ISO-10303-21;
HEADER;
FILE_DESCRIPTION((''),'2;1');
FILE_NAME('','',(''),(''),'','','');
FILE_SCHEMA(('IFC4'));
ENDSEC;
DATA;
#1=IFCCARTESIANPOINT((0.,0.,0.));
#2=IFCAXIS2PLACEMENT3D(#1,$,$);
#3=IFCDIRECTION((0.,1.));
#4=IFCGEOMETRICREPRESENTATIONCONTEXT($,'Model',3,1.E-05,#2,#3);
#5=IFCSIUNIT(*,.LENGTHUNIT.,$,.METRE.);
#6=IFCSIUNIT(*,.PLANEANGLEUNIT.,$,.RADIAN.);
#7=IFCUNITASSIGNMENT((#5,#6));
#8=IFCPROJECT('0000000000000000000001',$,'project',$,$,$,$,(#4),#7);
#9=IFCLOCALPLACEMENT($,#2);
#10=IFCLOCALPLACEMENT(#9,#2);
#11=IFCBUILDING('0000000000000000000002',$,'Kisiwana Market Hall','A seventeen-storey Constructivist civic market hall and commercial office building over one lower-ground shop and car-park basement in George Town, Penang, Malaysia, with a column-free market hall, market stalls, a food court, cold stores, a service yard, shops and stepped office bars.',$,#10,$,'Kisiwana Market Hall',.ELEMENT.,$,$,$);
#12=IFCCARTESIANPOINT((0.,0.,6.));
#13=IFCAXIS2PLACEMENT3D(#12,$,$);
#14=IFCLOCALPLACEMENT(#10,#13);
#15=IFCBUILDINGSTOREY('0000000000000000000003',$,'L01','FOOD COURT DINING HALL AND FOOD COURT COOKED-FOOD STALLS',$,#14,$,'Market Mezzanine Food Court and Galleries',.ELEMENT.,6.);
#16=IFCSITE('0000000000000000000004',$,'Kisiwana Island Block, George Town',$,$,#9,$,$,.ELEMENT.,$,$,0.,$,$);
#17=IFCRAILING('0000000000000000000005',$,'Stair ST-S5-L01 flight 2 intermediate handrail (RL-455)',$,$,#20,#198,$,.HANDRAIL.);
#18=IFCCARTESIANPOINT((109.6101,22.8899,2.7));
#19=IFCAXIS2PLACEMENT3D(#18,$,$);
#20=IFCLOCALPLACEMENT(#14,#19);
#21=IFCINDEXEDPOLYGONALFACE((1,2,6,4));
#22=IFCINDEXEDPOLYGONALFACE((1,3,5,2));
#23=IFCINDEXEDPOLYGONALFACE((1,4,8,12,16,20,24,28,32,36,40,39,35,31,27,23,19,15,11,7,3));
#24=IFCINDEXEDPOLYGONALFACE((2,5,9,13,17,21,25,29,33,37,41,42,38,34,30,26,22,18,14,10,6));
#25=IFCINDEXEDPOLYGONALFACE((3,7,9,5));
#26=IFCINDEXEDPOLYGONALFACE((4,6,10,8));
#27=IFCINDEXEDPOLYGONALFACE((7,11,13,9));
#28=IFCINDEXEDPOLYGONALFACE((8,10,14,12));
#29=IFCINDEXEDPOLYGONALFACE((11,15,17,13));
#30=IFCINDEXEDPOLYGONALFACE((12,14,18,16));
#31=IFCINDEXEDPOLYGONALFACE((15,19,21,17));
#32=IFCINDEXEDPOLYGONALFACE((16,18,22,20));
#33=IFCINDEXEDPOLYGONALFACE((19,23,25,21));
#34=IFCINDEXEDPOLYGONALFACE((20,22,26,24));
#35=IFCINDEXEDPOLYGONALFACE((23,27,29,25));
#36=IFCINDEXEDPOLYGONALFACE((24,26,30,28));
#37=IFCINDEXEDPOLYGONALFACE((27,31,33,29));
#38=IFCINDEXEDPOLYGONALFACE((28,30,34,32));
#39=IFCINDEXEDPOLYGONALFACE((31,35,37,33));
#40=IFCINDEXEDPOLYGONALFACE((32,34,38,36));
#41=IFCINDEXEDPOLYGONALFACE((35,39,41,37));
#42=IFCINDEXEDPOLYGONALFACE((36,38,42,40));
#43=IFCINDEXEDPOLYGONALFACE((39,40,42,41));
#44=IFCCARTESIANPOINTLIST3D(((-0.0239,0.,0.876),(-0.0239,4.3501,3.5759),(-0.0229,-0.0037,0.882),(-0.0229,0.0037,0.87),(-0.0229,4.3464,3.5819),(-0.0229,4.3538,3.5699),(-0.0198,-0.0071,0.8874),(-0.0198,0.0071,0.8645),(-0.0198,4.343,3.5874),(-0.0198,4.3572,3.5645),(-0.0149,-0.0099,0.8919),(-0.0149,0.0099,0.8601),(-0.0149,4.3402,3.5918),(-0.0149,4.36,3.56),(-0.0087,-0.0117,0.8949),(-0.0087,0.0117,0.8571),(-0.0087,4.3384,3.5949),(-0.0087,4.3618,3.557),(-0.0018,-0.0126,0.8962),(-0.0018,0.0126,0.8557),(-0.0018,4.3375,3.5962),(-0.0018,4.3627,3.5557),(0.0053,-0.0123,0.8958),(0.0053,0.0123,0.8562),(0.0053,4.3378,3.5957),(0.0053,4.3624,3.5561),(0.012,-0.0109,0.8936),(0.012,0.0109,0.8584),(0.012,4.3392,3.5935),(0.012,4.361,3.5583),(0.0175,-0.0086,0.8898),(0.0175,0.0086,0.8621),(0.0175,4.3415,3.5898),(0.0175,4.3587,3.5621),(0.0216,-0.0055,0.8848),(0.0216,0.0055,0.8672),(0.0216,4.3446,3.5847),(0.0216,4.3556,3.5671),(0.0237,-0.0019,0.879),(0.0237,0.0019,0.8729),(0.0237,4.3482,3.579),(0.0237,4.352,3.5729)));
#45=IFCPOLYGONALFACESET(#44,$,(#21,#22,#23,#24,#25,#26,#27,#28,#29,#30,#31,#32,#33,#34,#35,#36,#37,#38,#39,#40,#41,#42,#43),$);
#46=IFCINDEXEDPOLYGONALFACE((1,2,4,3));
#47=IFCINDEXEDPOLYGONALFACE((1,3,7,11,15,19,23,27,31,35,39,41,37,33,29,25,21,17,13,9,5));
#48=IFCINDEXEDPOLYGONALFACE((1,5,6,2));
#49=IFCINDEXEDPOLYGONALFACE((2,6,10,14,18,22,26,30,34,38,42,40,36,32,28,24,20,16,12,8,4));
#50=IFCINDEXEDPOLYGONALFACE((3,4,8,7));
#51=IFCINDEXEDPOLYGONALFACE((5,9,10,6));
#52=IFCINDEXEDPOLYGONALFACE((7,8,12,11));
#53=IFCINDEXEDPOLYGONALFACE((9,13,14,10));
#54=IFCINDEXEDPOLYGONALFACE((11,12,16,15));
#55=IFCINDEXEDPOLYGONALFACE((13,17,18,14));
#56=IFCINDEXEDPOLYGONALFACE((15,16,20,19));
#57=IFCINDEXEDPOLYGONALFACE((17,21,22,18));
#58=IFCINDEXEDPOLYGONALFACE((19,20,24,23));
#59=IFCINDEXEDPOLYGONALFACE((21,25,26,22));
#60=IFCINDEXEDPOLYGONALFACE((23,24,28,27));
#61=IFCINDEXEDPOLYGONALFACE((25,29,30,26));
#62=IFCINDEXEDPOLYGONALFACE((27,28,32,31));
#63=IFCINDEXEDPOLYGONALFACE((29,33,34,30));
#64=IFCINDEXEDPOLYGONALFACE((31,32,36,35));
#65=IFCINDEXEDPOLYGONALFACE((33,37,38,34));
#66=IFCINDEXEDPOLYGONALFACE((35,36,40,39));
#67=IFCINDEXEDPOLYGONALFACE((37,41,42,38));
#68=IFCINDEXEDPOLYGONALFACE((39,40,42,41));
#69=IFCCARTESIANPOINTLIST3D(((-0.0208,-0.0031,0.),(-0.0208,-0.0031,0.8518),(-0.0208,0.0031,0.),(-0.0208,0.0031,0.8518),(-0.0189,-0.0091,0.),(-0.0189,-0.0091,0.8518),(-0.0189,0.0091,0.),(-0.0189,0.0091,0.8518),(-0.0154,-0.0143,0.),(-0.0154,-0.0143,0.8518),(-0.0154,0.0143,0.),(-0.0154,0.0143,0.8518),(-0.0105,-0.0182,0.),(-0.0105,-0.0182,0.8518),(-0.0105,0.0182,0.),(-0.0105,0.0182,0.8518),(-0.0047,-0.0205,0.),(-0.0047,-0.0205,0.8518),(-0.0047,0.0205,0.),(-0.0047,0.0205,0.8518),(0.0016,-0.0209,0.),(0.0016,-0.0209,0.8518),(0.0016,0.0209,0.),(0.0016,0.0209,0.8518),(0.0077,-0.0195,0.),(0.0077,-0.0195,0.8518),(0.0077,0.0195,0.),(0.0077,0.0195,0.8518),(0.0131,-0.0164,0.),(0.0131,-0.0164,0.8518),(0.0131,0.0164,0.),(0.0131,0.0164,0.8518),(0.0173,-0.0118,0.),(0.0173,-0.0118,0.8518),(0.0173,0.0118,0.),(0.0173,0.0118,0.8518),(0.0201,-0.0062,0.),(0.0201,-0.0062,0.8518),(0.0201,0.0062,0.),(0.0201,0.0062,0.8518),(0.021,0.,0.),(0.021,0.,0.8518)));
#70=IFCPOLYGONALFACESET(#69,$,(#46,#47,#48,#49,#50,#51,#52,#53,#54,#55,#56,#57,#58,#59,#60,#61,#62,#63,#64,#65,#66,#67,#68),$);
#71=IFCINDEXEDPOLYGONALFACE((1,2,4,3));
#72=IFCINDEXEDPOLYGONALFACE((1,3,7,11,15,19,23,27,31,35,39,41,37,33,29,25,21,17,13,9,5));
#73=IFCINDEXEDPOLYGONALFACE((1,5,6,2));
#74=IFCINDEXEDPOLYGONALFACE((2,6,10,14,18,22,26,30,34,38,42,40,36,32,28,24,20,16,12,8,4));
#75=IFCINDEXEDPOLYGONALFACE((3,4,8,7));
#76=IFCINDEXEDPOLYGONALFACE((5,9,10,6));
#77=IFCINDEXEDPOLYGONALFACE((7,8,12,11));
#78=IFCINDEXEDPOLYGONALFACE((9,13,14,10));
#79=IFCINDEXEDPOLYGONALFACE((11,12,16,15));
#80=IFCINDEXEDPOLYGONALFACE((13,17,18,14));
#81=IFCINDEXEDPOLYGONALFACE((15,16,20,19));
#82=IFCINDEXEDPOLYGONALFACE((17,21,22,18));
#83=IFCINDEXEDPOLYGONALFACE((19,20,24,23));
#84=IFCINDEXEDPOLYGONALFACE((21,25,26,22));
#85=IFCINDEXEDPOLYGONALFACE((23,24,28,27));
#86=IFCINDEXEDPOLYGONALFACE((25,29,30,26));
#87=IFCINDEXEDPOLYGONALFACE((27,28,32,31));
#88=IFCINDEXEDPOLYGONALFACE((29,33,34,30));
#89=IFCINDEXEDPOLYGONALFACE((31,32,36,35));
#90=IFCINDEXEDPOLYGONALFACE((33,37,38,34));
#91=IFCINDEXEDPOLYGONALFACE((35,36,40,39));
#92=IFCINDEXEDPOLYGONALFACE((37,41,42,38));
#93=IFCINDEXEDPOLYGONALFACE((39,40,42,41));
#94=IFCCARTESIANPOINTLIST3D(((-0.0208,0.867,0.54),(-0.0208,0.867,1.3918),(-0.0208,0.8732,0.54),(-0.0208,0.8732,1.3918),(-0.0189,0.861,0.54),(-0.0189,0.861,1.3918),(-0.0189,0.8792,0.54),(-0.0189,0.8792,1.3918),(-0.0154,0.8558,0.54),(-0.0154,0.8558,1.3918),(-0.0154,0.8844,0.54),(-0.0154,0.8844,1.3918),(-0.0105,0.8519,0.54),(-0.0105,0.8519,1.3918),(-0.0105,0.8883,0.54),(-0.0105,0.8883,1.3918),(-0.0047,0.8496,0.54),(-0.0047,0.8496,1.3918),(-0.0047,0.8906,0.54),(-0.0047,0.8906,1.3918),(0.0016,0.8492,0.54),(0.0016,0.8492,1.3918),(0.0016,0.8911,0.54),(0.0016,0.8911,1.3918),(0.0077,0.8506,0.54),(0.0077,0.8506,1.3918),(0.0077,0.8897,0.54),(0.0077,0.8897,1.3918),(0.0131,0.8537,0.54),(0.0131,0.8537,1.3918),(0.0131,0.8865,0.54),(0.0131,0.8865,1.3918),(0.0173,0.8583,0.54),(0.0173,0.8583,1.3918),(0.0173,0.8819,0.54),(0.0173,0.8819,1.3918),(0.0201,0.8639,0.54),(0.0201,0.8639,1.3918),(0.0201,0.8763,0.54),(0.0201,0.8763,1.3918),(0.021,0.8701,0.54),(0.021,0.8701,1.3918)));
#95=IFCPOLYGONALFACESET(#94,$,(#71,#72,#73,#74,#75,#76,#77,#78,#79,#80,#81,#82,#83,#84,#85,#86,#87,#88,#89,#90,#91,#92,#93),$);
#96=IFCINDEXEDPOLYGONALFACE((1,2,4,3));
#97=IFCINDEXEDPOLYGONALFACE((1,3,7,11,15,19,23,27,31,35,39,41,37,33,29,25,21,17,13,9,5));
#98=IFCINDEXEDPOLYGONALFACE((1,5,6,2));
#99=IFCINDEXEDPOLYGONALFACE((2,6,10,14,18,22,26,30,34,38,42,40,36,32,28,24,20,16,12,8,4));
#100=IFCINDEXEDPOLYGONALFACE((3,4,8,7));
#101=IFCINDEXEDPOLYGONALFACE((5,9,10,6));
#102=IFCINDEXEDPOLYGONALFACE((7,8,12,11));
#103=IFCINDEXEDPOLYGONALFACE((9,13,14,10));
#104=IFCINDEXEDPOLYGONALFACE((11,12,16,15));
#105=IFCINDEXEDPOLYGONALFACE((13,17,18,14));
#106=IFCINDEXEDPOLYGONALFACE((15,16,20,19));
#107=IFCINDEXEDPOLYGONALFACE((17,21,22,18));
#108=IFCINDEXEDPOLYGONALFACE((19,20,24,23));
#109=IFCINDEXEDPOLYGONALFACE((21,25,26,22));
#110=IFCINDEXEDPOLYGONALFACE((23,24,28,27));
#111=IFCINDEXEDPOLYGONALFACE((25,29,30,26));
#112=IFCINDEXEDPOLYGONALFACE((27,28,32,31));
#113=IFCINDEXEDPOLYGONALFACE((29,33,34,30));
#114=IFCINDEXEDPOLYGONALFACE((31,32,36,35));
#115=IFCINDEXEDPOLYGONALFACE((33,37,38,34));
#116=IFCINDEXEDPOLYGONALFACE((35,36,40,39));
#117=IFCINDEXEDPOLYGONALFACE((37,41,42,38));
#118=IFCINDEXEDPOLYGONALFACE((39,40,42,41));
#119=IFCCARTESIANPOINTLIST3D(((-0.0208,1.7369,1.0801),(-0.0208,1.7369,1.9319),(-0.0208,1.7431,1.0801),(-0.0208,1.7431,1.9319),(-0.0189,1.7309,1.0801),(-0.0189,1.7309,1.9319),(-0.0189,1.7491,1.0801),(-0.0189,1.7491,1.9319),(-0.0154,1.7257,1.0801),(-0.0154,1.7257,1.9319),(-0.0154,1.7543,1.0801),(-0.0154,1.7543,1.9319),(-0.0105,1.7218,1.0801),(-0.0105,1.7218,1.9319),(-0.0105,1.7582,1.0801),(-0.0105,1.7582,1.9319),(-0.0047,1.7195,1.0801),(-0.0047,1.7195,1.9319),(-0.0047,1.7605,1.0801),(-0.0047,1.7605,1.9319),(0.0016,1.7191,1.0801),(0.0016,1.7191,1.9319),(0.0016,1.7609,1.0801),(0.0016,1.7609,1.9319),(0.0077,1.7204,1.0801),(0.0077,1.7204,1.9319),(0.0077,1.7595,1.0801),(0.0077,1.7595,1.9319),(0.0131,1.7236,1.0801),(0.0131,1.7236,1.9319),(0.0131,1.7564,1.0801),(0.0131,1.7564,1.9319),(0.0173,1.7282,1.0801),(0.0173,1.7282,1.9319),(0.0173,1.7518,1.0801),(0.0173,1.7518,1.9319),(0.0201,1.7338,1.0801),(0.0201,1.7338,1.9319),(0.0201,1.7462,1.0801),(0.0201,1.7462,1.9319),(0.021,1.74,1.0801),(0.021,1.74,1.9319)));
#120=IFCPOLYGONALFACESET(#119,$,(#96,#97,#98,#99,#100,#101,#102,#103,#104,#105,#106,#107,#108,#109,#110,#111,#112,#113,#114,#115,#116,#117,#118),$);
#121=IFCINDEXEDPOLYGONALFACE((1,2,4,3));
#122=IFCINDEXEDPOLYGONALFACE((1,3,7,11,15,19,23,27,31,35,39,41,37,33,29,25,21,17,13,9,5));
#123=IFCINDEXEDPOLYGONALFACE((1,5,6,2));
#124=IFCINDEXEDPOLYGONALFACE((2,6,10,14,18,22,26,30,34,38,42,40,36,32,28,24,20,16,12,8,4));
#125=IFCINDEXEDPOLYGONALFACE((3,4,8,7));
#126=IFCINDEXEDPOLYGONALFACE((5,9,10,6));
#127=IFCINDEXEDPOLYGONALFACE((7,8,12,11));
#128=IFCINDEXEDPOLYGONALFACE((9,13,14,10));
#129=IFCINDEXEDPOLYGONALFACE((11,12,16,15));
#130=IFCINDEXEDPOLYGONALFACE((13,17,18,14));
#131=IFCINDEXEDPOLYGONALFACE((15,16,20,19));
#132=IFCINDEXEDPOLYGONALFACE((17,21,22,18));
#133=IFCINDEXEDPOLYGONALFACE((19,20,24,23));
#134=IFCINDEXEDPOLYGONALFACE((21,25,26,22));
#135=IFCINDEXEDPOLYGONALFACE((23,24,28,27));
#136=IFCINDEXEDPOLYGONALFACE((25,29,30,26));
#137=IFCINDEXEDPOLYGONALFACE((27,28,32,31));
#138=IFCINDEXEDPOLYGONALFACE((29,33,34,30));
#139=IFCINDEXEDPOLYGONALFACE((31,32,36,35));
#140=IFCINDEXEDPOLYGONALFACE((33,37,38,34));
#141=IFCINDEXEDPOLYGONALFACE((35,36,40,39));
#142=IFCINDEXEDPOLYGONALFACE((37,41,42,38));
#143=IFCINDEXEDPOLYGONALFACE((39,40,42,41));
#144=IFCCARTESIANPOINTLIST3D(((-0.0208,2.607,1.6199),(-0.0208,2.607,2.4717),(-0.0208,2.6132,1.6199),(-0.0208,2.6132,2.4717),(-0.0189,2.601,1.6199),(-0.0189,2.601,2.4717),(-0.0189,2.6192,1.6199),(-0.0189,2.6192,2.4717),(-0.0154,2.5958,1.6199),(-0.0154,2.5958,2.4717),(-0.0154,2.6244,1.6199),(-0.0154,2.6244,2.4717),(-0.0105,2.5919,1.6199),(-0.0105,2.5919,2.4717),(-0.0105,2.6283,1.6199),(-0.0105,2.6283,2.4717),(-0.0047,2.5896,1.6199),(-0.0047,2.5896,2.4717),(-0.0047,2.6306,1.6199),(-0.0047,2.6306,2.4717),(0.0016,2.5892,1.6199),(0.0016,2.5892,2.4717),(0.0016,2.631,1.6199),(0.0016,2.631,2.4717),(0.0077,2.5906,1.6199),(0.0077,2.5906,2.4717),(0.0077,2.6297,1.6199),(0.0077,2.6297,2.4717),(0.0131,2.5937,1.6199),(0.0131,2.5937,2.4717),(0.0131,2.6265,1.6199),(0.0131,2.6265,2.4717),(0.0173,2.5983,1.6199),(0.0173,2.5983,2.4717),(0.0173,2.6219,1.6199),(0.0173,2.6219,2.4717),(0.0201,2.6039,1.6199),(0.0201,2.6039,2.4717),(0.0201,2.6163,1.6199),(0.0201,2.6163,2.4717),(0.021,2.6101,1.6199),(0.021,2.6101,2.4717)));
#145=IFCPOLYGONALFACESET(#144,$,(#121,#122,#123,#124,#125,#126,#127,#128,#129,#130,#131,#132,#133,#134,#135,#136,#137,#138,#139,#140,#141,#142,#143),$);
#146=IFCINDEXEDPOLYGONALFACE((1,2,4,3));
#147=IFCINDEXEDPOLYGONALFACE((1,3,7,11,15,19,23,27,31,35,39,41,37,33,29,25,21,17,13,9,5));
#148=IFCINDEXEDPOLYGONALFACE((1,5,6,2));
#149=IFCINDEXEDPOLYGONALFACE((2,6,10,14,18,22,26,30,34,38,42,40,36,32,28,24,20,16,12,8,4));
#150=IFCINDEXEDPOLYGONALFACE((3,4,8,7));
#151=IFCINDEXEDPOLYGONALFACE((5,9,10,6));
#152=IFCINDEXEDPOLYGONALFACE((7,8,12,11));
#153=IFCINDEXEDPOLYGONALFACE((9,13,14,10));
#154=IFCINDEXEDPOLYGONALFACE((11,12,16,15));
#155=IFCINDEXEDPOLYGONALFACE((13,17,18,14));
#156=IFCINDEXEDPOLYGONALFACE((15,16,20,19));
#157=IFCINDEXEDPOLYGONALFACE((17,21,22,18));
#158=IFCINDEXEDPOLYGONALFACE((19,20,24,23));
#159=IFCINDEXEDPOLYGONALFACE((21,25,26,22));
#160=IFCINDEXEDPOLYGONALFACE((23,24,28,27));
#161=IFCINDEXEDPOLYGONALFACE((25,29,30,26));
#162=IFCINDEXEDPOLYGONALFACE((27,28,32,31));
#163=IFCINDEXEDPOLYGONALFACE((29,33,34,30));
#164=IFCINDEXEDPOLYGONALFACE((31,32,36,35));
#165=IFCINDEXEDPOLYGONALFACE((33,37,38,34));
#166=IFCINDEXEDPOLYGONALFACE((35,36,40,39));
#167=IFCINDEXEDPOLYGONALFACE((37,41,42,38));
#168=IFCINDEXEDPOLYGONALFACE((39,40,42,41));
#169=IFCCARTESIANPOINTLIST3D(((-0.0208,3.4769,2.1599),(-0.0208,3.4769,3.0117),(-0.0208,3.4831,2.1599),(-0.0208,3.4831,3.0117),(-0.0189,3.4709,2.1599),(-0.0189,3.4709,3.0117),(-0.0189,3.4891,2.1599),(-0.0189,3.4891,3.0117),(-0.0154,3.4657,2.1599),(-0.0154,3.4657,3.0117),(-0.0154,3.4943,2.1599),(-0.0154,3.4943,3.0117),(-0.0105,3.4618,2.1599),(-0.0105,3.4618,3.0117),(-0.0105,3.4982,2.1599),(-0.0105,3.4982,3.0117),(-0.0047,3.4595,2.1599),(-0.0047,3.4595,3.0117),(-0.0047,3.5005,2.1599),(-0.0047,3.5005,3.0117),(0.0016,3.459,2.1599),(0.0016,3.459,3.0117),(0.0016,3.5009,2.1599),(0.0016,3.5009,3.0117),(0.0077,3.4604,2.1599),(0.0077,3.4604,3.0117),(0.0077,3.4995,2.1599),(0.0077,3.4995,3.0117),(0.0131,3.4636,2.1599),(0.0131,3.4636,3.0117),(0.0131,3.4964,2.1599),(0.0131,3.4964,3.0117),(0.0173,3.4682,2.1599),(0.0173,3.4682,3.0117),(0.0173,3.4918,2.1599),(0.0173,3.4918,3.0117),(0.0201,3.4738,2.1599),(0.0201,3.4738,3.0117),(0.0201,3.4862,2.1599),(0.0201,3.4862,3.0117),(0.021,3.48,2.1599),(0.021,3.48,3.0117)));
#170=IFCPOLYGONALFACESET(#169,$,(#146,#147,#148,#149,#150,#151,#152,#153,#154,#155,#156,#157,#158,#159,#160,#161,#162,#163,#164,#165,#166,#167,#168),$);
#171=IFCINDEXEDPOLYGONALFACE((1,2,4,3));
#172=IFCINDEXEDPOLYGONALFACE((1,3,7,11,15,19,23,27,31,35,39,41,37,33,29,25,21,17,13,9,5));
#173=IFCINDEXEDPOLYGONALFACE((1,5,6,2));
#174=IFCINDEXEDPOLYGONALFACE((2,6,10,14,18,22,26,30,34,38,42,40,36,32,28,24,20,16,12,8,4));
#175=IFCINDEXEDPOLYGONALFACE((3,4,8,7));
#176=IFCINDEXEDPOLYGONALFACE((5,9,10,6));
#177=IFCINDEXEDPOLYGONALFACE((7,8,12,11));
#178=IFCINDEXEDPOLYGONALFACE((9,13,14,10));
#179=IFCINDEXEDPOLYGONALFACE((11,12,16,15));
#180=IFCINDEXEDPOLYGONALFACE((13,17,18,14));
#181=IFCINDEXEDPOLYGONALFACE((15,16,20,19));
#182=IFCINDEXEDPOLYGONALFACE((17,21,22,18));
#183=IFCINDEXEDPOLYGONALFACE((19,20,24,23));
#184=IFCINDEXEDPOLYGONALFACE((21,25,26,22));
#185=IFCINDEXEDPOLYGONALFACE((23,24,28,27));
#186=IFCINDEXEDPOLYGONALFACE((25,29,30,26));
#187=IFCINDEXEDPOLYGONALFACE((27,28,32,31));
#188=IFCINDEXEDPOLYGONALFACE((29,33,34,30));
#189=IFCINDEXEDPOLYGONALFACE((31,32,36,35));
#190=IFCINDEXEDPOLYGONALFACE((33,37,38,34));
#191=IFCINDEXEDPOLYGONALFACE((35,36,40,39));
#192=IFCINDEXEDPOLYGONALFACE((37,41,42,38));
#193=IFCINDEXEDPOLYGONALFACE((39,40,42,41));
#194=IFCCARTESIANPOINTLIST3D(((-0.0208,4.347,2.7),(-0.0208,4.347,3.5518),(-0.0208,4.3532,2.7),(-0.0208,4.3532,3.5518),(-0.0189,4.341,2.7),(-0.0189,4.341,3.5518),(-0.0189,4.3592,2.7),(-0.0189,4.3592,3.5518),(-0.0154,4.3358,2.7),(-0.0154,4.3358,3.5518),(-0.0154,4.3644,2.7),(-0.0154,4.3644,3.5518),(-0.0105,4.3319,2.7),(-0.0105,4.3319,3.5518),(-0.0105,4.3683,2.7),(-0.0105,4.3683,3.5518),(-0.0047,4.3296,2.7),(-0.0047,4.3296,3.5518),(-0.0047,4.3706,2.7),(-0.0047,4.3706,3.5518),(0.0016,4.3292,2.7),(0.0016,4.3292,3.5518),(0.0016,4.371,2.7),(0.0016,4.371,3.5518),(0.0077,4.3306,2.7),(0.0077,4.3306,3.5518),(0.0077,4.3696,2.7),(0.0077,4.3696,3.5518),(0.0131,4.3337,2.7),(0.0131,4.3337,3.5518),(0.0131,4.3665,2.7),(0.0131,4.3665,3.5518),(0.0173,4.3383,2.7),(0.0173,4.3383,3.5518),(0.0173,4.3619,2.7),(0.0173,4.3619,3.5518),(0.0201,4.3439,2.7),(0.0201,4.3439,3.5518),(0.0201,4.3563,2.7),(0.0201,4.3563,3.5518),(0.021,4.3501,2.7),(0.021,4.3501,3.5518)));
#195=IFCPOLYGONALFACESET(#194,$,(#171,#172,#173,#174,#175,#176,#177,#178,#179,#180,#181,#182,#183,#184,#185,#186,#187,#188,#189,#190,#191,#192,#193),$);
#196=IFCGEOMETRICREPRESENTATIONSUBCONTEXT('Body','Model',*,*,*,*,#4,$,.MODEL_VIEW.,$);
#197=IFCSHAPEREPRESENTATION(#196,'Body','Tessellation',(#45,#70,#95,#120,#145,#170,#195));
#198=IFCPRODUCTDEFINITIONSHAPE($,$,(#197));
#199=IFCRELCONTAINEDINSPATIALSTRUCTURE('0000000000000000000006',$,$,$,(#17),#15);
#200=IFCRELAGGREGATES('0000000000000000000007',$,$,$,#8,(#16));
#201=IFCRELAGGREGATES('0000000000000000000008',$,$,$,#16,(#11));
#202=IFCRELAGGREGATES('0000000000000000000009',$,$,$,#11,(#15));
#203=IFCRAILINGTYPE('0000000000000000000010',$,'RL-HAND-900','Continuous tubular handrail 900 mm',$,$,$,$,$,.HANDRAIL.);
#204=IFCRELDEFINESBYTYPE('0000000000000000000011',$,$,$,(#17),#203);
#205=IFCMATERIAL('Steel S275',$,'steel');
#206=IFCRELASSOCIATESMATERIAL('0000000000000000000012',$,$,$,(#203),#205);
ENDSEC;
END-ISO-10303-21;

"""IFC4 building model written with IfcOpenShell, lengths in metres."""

from ifc_helpers import new_model, si_unit, direction, frame, origin, origin_2d, place, context, subcontext, project, spatial, circle, extrude, material, type_object, element, save


model = new_model("IFC4")

# Units and contexts
model_context = context("Model", 3, precision=1e-05, world=origin(), true_north=direction((0.0, 1.0)))
body_context = subcontext(model_context, "Body", "Model", "MODEL_VIEW")
ifc_project = project(units=[si_unit("LENGTHUNIT", "METRE"), si_unit("PLANEANGLEUNIT", "RADIAN")], contexts=[model_context])

# Site, building, storey
site_placement = place(None, origin())
site = spatial("IfcSite", under=ifc_project, at=site_placement, Name="Kisiwana Island Block, George Town", CompositionType="ELEMENT", RefElevation=0.0)
building_placement = place(site_placement, origin())
building = spatial("IfcBuilding", under=site, at=building_placement, Name="Kisiwana Market Hall", Description="A seventeen-storey Constructivist civic market hall and commercial office building over one lower-ground shop and car-park basement in George Town, Penang, Malaysia, with a column-free market hall, market stalls, a food court, cold stores, a service yard, shops and stepped office bars.", LongName="Kisiwana Market Hall", CompositionType="ELEMENT")
storey_placement = place(building_placement, frame((0.0, 0.0, 6.0)))
storey = spatial("IfcBuildingStorey", under=building, at=storey_placement, Name="L01", Description="FOOD COURT DINING HALL AND FOOD COURT COOKED-FOOD STALLS", LongName="Market Mezzanine Food Court and Galleries", CompositionType="ELEMENT", Elevation=6.0)

# Railing
ifc_material_1 = material(Name="Steel S275", Category="steel")
railing_type = type_object("IfcRailingType", Name="RL-HAND-900", Description="Continuous tubular handrail 900 mm", PredefinedType="HANDRAIL", material=ifc_material_1)
for number, where, name in (
    (1, (109.6101, 22.8899, 2.7), "Stair ST-S5-L01 flight 2 intermediate handrail (RL-455)"),
):
    element("IfcRailing", number, at=place(storey_placement, frame(where)), inside=storey, type_object=railing_type, Name=name, PredefinedType="HANDRAIL", context=body_context, shape_type="SweptSolid", body=[
        extrude(circle(Radius=0.0239, at=origin_2d()), frame((0.0, 0.0, 0.876), z_axis=(0.0, 0.84965, 0.527347), x_axis=(-1.0, 0.0, 0.0)), (0.0, 0.0, 1.0), 5.1199),
        extrude(circle(Radius=0.021, at=origin_2d()), origin(), (0.0, 0.0, 1.0), 0.8518),
        extrude(circle(Radius=0.021, at=origin_2d()), frame((0.0, 0.8701, 0.54)), (0.0, 0.0, 1.0), 0.8518),
        extrude(circle(Radius=0.021, at=origin_2d()), frame((0.0, 1.74, 1.0801)), (0.0, 0.0, 1.0), 0.8518),
        extrude(circle(Radius=0.021, at=origin_2d()), frame((0.0, 2.6101, 1.6199)), (0.0, 0.0, 1.0), 0.8518),
        extrude(circle(Radius=0.021, at=origin_2d()), frame((0.0, 3.48, 2.1599)), (0.0, 0.0, 1.0), 0.8518),
        extrude(circle(Radius=0.021, at=origin_2d()), frame((0.0, 4.3501, 2.7)), (0.0, 0.0, 1.0), 0.8518),
    ])

save(model, "model.ifc")
